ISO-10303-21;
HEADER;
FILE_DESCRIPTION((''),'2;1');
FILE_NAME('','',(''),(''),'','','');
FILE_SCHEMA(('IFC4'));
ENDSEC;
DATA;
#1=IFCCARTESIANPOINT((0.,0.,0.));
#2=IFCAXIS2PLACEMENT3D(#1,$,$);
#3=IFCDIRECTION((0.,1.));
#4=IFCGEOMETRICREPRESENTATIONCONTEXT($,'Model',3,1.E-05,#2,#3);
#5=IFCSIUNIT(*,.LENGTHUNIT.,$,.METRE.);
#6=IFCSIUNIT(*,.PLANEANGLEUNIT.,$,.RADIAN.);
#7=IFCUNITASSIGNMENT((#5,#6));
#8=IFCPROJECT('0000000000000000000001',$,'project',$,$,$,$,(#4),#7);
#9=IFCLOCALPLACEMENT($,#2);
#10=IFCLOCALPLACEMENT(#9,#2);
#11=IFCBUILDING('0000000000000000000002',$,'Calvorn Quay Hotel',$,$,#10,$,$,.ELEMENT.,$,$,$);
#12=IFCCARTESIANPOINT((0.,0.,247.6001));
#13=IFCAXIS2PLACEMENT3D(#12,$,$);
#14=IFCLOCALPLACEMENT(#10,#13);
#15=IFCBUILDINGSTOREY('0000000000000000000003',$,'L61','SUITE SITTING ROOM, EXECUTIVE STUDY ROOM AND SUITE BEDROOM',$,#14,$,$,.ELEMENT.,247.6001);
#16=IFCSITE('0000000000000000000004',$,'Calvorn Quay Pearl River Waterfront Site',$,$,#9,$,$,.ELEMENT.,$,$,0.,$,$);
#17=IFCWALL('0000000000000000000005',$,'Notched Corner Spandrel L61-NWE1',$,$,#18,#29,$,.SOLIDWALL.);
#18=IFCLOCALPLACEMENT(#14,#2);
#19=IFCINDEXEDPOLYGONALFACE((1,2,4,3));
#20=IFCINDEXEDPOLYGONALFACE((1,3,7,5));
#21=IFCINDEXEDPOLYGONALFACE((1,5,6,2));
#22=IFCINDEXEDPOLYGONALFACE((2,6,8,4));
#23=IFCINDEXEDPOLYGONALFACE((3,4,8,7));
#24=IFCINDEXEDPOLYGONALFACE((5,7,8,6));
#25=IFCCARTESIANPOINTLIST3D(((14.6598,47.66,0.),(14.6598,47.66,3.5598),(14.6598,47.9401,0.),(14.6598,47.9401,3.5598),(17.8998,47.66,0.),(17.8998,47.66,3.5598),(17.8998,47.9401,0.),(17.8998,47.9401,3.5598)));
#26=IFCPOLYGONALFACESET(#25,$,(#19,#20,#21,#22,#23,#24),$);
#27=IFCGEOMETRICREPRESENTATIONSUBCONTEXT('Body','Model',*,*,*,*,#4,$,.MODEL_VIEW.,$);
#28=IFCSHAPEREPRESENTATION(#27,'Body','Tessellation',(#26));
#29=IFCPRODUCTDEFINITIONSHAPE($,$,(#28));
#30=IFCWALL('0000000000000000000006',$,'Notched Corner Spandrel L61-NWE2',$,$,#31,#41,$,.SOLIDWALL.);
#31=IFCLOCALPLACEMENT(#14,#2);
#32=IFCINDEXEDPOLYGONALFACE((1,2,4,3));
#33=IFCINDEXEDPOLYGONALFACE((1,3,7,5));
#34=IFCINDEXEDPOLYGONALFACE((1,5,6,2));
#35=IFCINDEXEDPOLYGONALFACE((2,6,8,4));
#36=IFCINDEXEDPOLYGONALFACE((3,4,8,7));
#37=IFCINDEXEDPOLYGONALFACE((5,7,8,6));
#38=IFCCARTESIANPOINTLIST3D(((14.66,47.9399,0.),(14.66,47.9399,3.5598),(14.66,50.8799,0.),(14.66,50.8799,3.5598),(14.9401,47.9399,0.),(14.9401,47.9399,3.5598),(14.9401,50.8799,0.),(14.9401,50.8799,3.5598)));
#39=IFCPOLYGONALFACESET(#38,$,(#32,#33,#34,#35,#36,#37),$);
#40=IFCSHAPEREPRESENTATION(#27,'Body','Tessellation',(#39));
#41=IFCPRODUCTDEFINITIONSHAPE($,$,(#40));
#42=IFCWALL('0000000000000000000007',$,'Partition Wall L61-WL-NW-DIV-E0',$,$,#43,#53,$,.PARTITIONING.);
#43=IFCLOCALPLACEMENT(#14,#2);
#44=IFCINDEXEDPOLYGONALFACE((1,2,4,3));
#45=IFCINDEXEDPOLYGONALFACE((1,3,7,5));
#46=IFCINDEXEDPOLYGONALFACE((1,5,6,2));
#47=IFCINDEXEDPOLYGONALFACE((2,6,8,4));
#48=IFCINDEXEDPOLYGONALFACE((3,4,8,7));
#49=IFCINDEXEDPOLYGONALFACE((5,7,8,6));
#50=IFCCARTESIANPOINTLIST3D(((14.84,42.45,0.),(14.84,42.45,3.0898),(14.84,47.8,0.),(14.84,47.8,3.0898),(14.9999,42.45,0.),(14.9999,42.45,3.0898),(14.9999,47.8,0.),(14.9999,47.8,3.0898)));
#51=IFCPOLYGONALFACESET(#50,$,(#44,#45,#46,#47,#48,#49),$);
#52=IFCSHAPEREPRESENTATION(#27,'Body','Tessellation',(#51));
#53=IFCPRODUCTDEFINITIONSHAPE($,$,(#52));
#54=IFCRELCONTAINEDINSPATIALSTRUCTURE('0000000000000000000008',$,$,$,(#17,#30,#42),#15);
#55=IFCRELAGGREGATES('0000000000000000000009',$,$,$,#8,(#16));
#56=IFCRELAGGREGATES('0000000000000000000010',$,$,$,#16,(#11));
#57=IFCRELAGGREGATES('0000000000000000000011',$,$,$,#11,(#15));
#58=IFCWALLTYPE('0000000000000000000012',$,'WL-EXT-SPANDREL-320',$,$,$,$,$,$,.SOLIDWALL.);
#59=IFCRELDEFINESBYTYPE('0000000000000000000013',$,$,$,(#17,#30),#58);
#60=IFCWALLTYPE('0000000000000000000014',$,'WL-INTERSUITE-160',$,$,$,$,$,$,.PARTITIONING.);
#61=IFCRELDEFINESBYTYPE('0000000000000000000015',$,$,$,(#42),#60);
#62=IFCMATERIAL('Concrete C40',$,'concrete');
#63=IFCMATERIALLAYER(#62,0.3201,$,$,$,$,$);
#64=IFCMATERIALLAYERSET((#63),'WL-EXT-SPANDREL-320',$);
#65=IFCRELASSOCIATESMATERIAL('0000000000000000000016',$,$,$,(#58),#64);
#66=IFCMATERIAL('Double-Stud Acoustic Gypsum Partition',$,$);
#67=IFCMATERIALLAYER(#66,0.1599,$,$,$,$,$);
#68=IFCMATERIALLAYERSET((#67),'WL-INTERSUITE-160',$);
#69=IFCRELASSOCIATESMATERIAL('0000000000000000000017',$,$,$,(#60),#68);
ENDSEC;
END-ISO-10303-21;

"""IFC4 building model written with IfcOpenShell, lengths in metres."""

from ifc_helpers import new_model, si_unit, direction, frame, frame_2d, origin, place, context, subcontext, project, spatial, rectangle, extrude, material, layer, layer_set, type_object, element, save


model = new_model("IFC4")

# Units and contexts
model_context = context("Model", 3, precision=1e-05, world=origin(), true_north=direction((0.0, 1.0)))
body_context = subcontext(model_context, "Body", "Model", "MODEL_VIEW")
ifc_project = project(units=[si_unit("LENGTHUNIT", "METRE"), si_unit("PLANEANGLEUNIT", "RADIAN")], contexts=[model_context])

# Site, building, storey
site_placement = place(None, origin())
site = spatial("IfcSite", under=ifc_project, at=site_placement, Name="Calvorn Quay Pearl River Waterfront Site", CompositionType="ELEMENT", RefElevation=0.0)
building_placement = place(site_placement, origin())
building = spatial("IfcBuilding", under=site, at=building_placement, Name="Calvorn Quay Hotel", CompositionType="ELEMENT")
storey_placement = place(building_placement, frame((0.0, 0.0, 247.6001)))
storey = spatial("IfcBuildingStorey", under=building, at=storey_placement, Name="L61", Description="SUITE SITTING ROOM, EXECUTIVE STUDY ROOM AND SUITE BEDROOM", CompositionType="ELEMENT", Elevation=247.6001)

# Walls
ifc_material_1 = material(Name="Concrete C40", Category="concrete")
ifc_layer_1 = layer(ifc_material_1, 0.3201)
ifc_layer_set_1 = layer_set([ifc_layer_1], Name="WL-EXT-SPANDREL-320")
wall_type_1 = type_object("IfcWallType", Name="WL-EXT-SPANDREL-320", PredefinedType="SOLIDWALL", material=ifc_layer_set_1)
wall_1_placement = place(storey_placement, frame((17.8999, 47.8, 0.0), z_axis=(0.0, 0.0, 1.0), x_axis=(-1.0, 0.0, 0.0)))
element("IfcWall", 1, at=wall_1_placement, inside=storey, type_object=wall_type_1, Name="Notched Corner Spandrel L61-NWE1", PredefinedType="SOLIDWALL", context=body_context, shape_type="SweptSolid", body=[
    extrude(rectangle(XDim=3.24, YDim=0.28, at=frame_2d((1.6201, 0.0))), origin(), (0.0, 0.0, 1.0), 3.5598),
])
wall_2_placement = place(storey_placement, frame((14.8, 47.9399, 0.0), z_axis=(0.0, 0.0, 1.0), x_axis=(0.0, 1.0, 0.0)))
element("IfcWall", 2, at=wall_2_placement, inside=storey, type_object=wall_type_1, Name="Notched Corner Spandrel L61-NWE2", PredefinedType="SOLIDWALL", context=body_context, shape_type="SweptSolid", body=[
    extrude(rectangle(XDim=2.9399, YDim=0.28, at=frame_2d((1.47, 0.0))), origin(), (0.0, 0.0, 1.0), 3.5598),
])
ifc_material_2 = material(Name="Double-Stud Acoustic Gypsum Partition")
ifc_layer_2 = layer(ifc_material_2, 0.1599)
ifc_layer_set_2 = layer_set([ifc_layer_2], Name="WL-INTERSUITE-160")
wall_type_2 = type_object("IfcWallType", Name="WL-INTERSUITE-160", PredefinedType="PARTITIONING", material=ifc_layer_set_2)
wall_3_placement = place(storey_placement, frame((14.9199, 42.45, 0.0), z_axis=(0.0, 0.0, 1.0), x_axis=(0.0, 1.0, 0.0)))
element("IfcWall", 3, at=wall_3_placement, inside=storey, type_object=wall_type_2, Name="Partition Wall L61-WL-NW-DIV-E0", PredefinedType="PARTITIONING", context=body_context, shape_type="SweptSolid", body=[
    extrude(rectangle(XDim=5.3501, YDim=0.1599, at=frame_2d((2.675, 0.0))), origin(), (0.0, 0.0, 1.0), 3.0898),
])

save(model, "model.ifc")
